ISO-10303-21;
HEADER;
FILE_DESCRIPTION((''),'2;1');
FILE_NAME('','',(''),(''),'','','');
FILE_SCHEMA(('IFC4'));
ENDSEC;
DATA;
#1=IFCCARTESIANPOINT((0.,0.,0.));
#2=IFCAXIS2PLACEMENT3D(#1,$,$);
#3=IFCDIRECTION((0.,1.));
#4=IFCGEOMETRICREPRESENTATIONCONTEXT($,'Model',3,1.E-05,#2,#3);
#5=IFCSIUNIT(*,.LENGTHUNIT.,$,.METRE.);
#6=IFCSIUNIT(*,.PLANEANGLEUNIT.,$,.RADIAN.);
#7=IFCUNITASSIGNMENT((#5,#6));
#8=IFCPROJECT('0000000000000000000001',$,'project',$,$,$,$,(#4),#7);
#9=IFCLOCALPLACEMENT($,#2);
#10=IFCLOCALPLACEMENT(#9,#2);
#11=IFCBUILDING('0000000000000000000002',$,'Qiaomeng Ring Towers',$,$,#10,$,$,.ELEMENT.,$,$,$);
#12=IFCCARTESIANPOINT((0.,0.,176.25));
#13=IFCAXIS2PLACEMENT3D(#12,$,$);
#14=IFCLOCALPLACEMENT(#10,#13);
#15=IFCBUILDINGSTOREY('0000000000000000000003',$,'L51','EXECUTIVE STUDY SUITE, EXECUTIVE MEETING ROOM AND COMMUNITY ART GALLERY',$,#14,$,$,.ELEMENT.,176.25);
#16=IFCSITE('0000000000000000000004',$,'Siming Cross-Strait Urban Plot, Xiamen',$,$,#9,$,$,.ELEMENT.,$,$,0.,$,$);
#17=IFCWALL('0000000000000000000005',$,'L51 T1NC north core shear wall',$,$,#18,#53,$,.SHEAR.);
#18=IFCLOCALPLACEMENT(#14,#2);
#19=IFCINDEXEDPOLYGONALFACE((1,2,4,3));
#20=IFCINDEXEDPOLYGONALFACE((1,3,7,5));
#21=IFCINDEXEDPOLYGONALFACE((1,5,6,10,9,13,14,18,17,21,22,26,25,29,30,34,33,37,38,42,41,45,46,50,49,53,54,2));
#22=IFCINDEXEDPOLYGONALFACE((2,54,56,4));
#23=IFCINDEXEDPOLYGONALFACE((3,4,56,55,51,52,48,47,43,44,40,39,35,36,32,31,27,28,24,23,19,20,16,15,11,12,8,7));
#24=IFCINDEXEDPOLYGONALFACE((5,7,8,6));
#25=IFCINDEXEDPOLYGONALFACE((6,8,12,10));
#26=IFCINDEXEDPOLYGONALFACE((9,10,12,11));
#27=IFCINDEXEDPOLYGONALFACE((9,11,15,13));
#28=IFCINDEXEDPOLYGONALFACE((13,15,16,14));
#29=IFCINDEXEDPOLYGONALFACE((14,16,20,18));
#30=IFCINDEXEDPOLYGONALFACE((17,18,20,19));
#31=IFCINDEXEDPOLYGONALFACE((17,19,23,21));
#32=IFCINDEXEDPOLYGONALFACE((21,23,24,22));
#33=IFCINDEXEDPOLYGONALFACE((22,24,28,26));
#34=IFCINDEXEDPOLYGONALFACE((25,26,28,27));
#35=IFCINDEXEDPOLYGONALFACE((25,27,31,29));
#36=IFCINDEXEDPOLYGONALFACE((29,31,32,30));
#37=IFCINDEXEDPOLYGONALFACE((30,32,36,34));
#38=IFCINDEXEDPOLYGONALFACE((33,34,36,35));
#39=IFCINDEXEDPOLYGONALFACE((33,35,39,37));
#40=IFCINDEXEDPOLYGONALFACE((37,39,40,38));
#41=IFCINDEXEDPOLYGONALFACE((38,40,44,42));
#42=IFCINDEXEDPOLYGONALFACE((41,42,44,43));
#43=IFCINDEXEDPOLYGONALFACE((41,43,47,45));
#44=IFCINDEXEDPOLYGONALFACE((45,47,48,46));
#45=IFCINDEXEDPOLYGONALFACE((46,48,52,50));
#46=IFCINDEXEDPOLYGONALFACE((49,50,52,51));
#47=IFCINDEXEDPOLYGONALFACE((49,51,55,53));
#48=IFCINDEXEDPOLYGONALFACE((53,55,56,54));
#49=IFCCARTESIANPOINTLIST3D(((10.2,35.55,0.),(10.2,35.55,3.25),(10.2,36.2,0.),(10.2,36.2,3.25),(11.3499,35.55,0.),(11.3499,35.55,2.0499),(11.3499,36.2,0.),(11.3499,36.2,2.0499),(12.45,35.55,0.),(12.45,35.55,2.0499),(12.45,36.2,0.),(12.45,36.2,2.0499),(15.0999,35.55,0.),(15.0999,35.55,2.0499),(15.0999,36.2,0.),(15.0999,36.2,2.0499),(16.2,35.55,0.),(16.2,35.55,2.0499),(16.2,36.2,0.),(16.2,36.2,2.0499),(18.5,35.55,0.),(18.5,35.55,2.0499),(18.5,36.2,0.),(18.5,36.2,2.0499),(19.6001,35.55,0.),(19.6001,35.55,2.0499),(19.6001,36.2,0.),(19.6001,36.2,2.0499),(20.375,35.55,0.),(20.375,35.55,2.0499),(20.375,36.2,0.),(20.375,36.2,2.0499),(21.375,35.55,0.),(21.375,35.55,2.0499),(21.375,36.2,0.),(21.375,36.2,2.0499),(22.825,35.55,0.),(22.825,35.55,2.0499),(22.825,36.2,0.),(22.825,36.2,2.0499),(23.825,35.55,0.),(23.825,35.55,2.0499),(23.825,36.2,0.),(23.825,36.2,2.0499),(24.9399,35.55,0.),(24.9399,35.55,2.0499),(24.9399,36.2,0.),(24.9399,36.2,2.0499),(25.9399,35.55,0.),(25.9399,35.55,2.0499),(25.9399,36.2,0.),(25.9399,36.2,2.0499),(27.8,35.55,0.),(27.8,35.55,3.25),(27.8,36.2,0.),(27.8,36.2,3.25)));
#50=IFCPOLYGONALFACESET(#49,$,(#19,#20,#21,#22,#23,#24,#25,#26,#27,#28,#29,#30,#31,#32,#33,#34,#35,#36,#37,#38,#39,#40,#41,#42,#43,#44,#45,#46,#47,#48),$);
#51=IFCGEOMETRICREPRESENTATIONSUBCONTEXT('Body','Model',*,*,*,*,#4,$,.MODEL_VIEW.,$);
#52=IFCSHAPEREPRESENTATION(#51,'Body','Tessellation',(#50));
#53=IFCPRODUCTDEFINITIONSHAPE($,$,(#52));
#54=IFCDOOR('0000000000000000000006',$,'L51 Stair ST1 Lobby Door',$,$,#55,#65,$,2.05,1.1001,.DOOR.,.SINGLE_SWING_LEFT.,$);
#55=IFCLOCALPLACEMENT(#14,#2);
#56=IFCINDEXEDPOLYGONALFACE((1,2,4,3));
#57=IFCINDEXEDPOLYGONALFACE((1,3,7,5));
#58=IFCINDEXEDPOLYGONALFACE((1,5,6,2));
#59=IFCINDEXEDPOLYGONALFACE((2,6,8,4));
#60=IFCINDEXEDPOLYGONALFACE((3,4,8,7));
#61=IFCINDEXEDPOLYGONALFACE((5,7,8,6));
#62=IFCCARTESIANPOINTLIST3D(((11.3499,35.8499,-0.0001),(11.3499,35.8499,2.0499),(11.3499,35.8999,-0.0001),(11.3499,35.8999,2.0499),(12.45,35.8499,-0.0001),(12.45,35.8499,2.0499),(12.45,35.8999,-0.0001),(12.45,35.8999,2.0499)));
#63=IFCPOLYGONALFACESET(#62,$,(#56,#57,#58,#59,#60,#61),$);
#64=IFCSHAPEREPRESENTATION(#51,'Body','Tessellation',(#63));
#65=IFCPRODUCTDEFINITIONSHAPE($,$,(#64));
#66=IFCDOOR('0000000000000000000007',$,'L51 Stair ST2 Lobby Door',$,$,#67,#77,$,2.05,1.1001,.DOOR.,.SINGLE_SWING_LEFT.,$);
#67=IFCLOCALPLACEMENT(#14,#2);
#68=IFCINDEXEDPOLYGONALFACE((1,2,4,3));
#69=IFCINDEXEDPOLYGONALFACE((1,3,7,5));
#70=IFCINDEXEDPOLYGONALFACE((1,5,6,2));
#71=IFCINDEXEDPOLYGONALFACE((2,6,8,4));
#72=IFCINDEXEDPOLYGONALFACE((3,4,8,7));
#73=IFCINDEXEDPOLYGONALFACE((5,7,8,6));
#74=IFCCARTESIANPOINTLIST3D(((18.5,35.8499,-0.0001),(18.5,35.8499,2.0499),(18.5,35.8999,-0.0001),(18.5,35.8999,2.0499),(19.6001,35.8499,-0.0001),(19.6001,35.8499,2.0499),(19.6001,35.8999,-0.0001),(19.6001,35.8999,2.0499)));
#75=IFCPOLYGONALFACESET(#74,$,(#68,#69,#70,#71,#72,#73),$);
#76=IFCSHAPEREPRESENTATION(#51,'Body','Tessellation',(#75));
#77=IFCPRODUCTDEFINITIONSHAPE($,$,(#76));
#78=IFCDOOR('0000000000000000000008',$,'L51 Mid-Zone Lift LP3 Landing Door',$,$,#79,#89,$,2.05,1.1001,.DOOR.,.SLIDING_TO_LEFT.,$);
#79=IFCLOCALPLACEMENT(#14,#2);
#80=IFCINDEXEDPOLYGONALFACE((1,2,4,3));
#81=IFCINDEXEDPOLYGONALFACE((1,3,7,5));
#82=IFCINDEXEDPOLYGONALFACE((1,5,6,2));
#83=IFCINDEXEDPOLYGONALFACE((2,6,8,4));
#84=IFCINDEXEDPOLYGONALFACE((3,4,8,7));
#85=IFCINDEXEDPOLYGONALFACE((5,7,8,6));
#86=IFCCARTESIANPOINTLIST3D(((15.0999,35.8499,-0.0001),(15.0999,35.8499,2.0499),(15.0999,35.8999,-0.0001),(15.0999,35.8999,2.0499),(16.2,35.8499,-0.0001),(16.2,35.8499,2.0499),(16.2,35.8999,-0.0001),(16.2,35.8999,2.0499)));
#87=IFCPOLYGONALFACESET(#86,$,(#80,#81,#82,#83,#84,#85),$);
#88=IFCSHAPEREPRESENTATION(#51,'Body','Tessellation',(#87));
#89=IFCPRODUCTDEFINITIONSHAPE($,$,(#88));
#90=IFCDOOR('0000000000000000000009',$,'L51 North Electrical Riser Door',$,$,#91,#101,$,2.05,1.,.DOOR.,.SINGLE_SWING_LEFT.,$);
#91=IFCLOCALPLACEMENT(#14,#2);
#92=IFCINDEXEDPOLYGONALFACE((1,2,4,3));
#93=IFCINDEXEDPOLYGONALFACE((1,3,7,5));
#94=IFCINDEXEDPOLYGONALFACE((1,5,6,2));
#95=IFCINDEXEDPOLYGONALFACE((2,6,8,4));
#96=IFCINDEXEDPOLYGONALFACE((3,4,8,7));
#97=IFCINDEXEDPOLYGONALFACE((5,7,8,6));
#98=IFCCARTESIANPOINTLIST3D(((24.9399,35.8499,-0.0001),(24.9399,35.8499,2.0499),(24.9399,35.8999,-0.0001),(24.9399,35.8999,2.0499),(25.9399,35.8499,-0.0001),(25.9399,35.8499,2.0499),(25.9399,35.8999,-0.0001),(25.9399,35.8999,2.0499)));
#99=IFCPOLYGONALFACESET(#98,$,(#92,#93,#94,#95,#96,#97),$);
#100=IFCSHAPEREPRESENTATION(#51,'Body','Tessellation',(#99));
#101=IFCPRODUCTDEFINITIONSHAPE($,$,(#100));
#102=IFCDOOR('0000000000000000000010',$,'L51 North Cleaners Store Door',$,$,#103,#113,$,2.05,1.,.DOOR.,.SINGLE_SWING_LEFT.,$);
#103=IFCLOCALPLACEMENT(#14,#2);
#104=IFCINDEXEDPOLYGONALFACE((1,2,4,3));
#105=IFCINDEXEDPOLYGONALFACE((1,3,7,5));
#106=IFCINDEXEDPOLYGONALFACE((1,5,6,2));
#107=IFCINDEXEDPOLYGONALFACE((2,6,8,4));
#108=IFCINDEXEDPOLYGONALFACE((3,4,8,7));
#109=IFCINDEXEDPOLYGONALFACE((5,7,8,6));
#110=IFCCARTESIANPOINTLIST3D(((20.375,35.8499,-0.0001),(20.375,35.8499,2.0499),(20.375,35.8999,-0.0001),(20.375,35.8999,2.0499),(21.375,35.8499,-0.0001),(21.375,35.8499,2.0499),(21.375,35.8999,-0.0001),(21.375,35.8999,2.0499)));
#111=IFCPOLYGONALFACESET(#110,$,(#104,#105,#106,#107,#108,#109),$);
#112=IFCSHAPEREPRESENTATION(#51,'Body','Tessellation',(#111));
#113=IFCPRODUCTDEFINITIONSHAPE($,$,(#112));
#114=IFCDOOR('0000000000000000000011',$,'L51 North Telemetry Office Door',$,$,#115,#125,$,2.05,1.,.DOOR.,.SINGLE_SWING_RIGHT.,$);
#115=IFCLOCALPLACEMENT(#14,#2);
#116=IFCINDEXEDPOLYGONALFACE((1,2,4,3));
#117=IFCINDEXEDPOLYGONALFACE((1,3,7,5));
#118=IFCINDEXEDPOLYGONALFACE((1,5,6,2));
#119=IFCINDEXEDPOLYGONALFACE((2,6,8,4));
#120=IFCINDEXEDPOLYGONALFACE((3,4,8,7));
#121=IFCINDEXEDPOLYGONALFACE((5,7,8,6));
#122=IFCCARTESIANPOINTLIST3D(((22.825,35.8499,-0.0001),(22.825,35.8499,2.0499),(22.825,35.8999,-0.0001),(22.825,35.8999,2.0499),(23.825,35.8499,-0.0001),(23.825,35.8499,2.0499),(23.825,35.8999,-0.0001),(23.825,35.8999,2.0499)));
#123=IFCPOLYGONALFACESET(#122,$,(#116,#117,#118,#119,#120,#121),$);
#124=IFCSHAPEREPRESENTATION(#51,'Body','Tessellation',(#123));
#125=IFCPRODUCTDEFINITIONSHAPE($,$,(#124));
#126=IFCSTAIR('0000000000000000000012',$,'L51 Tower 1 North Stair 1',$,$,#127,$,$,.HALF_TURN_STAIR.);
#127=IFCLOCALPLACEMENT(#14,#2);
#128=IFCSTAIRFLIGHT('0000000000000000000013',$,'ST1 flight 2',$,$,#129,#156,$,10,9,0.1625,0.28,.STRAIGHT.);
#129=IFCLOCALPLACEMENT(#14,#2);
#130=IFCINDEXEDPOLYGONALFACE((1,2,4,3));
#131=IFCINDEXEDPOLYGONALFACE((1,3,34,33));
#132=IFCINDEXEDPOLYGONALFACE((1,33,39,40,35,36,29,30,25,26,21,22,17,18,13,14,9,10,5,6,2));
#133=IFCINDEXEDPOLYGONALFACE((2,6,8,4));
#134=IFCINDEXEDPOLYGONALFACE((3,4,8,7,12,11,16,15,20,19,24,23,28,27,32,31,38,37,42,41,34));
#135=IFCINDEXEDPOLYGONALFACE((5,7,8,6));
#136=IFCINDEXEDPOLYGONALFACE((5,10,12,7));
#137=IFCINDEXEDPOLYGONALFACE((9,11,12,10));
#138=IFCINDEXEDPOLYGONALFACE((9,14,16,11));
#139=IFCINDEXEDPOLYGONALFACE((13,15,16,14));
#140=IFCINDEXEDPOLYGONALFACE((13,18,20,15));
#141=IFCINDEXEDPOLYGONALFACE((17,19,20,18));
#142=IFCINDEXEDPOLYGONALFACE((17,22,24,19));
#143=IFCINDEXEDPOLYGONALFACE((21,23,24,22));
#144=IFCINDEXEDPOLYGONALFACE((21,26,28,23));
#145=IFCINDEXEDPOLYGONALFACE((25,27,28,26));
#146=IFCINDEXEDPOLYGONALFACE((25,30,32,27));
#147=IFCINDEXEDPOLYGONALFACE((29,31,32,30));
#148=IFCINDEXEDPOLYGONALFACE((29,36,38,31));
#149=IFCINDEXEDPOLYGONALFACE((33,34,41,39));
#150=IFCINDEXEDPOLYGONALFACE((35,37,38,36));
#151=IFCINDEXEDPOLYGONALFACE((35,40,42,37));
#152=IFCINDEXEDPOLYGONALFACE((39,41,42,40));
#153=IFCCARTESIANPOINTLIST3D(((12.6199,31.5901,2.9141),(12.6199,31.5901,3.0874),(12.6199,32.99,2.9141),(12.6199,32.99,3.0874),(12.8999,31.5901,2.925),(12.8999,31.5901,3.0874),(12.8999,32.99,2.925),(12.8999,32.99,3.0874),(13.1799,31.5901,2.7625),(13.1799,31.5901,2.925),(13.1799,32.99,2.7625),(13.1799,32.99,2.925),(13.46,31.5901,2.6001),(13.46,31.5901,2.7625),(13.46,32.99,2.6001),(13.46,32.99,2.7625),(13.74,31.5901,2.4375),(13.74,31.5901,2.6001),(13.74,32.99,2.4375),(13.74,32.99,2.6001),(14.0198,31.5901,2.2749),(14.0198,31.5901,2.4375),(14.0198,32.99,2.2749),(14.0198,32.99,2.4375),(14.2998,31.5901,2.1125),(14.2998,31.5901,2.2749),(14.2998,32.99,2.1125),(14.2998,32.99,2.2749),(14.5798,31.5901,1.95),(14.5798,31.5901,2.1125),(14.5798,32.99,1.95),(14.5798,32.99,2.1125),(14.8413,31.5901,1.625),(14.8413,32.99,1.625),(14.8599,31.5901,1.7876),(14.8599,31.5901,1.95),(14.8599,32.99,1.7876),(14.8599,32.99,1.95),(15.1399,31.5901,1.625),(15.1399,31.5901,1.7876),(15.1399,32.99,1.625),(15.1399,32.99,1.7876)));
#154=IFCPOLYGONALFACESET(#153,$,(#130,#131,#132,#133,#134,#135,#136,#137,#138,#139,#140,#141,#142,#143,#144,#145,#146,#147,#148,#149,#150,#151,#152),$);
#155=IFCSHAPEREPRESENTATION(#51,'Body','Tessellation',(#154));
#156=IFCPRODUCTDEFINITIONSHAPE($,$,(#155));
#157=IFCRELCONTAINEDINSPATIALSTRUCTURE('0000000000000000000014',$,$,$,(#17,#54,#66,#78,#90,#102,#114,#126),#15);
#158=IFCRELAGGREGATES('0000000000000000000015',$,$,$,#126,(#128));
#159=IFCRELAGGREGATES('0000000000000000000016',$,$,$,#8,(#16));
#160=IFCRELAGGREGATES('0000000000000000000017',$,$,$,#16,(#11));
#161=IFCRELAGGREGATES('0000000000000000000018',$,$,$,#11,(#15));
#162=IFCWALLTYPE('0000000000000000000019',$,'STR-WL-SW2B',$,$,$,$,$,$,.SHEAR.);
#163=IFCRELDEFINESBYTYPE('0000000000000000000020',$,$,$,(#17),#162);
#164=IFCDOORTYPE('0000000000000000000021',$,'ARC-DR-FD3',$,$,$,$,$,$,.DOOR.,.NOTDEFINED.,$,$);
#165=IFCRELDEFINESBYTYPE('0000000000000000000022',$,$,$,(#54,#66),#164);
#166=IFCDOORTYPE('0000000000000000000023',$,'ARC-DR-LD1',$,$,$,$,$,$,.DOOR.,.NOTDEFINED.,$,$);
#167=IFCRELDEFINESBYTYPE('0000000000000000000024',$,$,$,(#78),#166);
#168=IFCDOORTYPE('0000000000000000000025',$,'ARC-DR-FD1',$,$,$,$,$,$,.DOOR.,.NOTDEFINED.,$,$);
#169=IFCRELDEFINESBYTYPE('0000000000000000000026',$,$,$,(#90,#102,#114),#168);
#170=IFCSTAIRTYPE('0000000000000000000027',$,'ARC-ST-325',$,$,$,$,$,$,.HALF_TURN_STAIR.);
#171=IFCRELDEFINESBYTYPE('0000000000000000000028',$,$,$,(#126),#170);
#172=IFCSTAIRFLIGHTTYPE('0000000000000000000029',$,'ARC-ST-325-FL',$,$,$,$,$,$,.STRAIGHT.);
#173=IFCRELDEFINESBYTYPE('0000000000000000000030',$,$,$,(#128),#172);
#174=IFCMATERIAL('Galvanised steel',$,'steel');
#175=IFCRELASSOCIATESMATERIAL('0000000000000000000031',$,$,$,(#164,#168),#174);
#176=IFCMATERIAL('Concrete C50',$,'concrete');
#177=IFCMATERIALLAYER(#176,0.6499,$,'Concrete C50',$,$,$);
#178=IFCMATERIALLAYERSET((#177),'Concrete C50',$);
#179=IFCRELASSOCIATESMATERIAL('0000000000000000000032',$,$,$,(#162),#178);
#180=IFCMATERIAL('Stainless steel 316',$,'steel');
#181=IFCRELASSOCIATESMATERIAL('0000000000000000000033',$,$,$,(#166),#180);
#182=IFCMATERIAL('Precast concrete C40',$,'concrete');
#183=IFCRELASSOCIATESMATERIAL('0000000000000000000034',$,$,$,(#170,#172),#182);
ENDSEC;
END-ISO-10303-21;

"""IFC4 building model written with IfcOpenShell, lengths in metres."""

from ifc_helpers import new_model, si_unit, direction, frame, frame_2d, origin, place, context, subcontext, project, spatial, polyline, rectangle, outline, extrude, source, transform, mapped, material, layer, layer_set, type_object, element, fill, aggregate, save


model = new_model("IFC4")

# Units and contexts
model_context = context("Model", 3, precision=1e-05, world=origin(), true_north=direction((0.0, 1.0)))
body_context = subcontext(model_context, "Body", "Model", "MODEL_VIEW")
ifc_project = project(units=[si_unit("LENGTHUNIT", "METRE"), si_unit("PLANEANGLEUNIT", "RADIAN")], contexts=[model_context])

# Site, building, storey
site_placement = place(None, origin())
site = spatial("IfcSite", under=ifc_project, at=site_placement, Name="Siming Cross-Strait Urban Plot, Xiamen", CompositionType="ELEMENT", RefElevation=0.0)
building_placement = place(site_placement, origin())
building = spatial("IfcBuilding", under=site, at=building_placement, Name="Qiaomeng Ring Towers", CompositionType="ELEMENT")
storey_placement = place(building_placement, frame((0.0, 0.0, 176.25)))
storey = spatial("IfcBuildingStorey", under=building, at=storey_placement, Name="L51", Description="EXECUTIVE STUDY SUITE, EXECUTIVE MEETING ROOM AND COMMUNITY ART GALLERY", CompositionType="ELEMENT", Elevation=176.25)

# Shared definitions
shared_shape_1 = source(origin(), body_context, "Body", "SweptSolid", [
    extrude(rectangle(XDim=1.0, YDim=2.05, at=frame_2d((0.5, 1.0249))), frame((0.0, 0.0249, 0.0), z_axis=(0.0, -1.0, 0.0), x_axis=(1.0, 0.0, 0.0)), (0.0, 0.0, 1.0), 0.05),
])

# Shared definitions
ifc_material_1 = material(Name="Galvanised steel", Category="steel")
door_type_1 = type_object("IfcDoorType", Name="ARC-DR-FD3", OperationType="NOTDEFINED", PredefinedType="DOOR", material=ifc_material_1)
shared_shape_2 = source(origin(), body_context, "Body", "SweptSolid", [
    extrude(rectangle(XDim=1.1001, YDim=2.05, at=frame_2d((0.55, 1.0249))), frame((0.0, 0.0249, 0.0), z_axis=(0.0, -1.0, 0.0), x_axis=(1.0, 0.0, 0.0)), (0.0, 0.0, 1.0), 0.05),
])

# Wall, openings, doors
ifc_material_2 = material(Name="Concrete C50", Category="concrete")
ifc_layer_1 = layer(ifc_material_2, 0.6499, Name="Concrete C50")
ifc_layer_set_1 = layer_set([ifc_layer_1], Name="Concrete C50")
wall_type_1 = type_object("IfcWallType", Name="STR-WL-SW2B", PredefinedType="SHEAR", material=ifc_layer_set_1)
wall_1_placement = place(storey_placement, frame((10.2, 35.875, 0.0), z_axis=(0.0, 0.0, 1.0), x_axis=(1.0, 0.0, 0.0)))
wall_1 = element("IfcWall", 1, at=wall_1_placement, inside=storey, type_object=wall_type_1, Name="L51 T1NC north core shear wall", PredefinedType="SHEAR", context=body_context, shape_type="SweptSolid", body=[
    extrude(rectangle(XDim=17.6001, YDim=0.6499, at=frame_2d((8.8, 0.0))), origin(), (0.0, 0.0, 1.0), 3.25),
])
opening_1_placement = place(wall_1_placement, frame((1.1499, 0.0, 0.0)))
opening_1 = element("IfcOpeningElement", 2, at=opening_1_placement, cuts=wall_1, PredefinedType="OPENING", context=body_context, shape_type="SweptSolid", body=[
    extrude(rectangle(XDim=1.1001, YDim=2.05, at=frame_2d((0.55, 1.0249))), frame((0.0, 0.335, 0.0), z_axis=(0.0, -1.0, 0.0), x_axis=(1.0, 0.0, 0.0)), (0.0, 0.0, 1.0), 0.6699),
])
opening_2_placement = place(wall_1_placement, frame((8.3, 0.0, 0.0)))
opening_2 = element("IfcOpeningElement", 3, at=opening_2_placement, cuts=wall_1, PredefinedType="OPENING", context=body_context, shape_type="SweptSolid", body=[
    extrude(rectangle(XDim=1.1001, YDim=2.05, at=frame_2d((0.55, 1.0249))), frame((0.0, 0.335, 0.0), z_axis=(0.0, -1.0, 0.0), x_axis=(1.0, 0.0, 0.0)), (0.0, 0.0, 1.0), 0.6699),
])
opening_3_placement = place(wall_1_placement, frame((4.8999, 0.0, 0.0)))
opening_3 = element("IfcOpeningElement", 4, at=opening_3_placement, cuts=wall_1, PredefinedType="OPENING", context=body_context, shape_type="SweptSolid", body=[
    extrude(rectangle(XDim=1.1001, YDim=2.05, at=frame_2d((0.55, 1.0249))), frame((0.0, 0.335, 0.0), z_axis=(0.0, -1.0, 0.0), x_axis=(1.0, 0.0, 0.0)), (0.0, 0.0, 1.0), 0.6699),
])
opening_4_placement = place(wall_1_placement, frame((14.74, 0.0, 0.0)))
opening_4 = element("IfcOpeningElement", 5, at=opening_4_placement, cuts=wall_1, PredefinedType="OPENING", context=body_context, shape_type="SweptSolid", body=[
    extrude(rectangle(XDim=1.0, YDim=2.05, at=frame_2d((0.5, 1.0249))), frame((0.0, 0.335, 0.0), z_axis=(0.0, -1.0, 0.0), x_axis=(1.0, 0.0, 0.0)), (0.0, 0.0, 1.0), 0.6699),
])
opening_5_placement = place(wall_1_placement, frame((10.175, 0.0, 0.0)))
opening_5 = element("IfcOpeningElement", 6, at=opening_5_placement, cuts=wall_1, PredefinedType="OPENING", context=body_context, shape_type="SweptSolid", body=[
    extrude(rectangle(XDim=1.0, YDim=2.05, at=frame_2d((0.5, 1.0249))), frame((0.0, 0.335, 0.0), z_axis=(0.0, -1.0, 0.0), x_axis=(1.0, 0.0, 0.0)), (0.0, 0.0, 1.0), 0.6699),
])
opening_6_placement = place(wall_1_placement, frame((12.625, 0.0, 0.0)))
opening_6 = element("IfcOpeningElement", 7, at=opening_6_placement, cuts=wall_1, PredefinedType="OPENING", context=body_context, shape_type="SweptSolid", body=[
    extrude(rectangle(XDim=1.0, YDim=2.05, at=frame_2d((0.5, 1.0249))), frame((0.0, 0.335, 0.0), z_axis=(0.0, -1.0, 0.0), x_axis=(1.0, 0.0, 0.0)), (0.0, 0.0, 1.0), 0.6699),
])
door_1_placement = place(opening_1_placement, origin())
door_1 = element("IfcDoor", 8, at=door_1_placement, inside=storey, type_object=door_type_1, Name="L51 Stair ST1 Lobby Door", OperationType="SINGLE_SWING_LEFT", OverallHeight=2.05, OverallWidth=1.1001, PredefinedType="DOOR", context=body_context, shape_type="MappedRepresentation", body=[
    mapped(shared_shape_2, transform((0.0, 0.0, 0.0), x_axis=(1.0, 0.0, 0.0), y_axis=(0.0, 1.0, 0.0), z_axis=(0.0, 0.0, 1.0), scale=1.0)),
])
fill(opening_1, door_1)
door_2_placement = place(opening_2_placement, origin())
door_2 = element("IfcDoor", 9, at=door_2_placement, inside=storey, type_object=door_type_1, Name="L51 Stair ST2 Lobby Door", OperationType="SINGLE_SWING_LEFT", OverallHeight=2.05, OverallWidth=1.1001, PredefinedType="DOOR", context=body_context, shape_type="MappedRepresentation", body=[
    mapped(shared_shape_2, transform((0.0, 0.0, 0.0), x_axis=(1.0, 0.0, 0.0), y_axis=(0.0, 1.0, 0.0), z_axis=(0.0, 0.0, 1.0), scale=1.0)),
])
fill(opening_2, door_2)
ifc_material_3 = material(Name="Stainless steel 316", Category="steel")
door_type_2 = type_object("IfcDoorType", Name="ARC-DR-LD1", OperationType="NOTDEFINED", PredefinedType="DOOR", material=ifc_material_3)
door_3_placement = place(opening_3_placement, origin())
door_3 = element("IfcDoor", 10, at=door_3_placement, inside=storey, type_object=door_type_2, Name="L51 Mid-Zone Lift LP3 Landing Door", OperationType="SLIDING_TO_LEFT", OverallHeight=2.05, OverallWidth=1.1001, PredefinedType="DOOR", context=body_context, shape_type="MappedRepresentation", body=[
    mapped(shared_shape_2, transform((0.0, 0.0, 0.0), x_axis=(1.0, 0.0, 0.0), y_axis=(0.0, 1.0, 0.0), z_axis=(0.0, 0.0, 1.0), scale=1.0)),
])
fill(opening_3, door_3)
door_type_3 = type_object("IfcDoorType", Name="ARC-DR-FD1", OperationType="NOTDEFINED", PredefinedType="DOOR", material=ifc_material_1)
door_4_placement = place(opening_4_placement, origin())
door_4 = element("IfcDoor", 11, at=door_4_placement, inside=storey, type_object=door_type_3, Name="L51 North Electrical Riser Door", OperationType="SINGLE_SWING_LEFT", OverallHeight=2.05, OverallWidth=1.0, PredefinedType="DOOR", context=body_context, shape_type="MappedRepresentation", body=[
    mapped(shared_shape_1, transform((0.0, 0.0, 0.0), x_axis=(1.0, 0.0, 0.0), y_axis=(0.0, 1.0, 0.0), z_axis=(0.0, 0.0, 1.0), scale=1.0)),
])
fill(opening_4, door_4)
door_5_placement = place(opening_5_placement, origin())
door_5 = element("IfcDoor", 12, at=door_5_placement, inside=storey, type_object=door_type_3, Name="L51 North Cleaners Store Door", OperationType="SINGLE_SWING_LEFT", OverallHeight=2.05, OverallWidth=1.0, PredefinedType="DOOR", context=body_context, shape_type="MappedRepresentation", body=[
    mapped(shared_shape_1, transform((0.0, 0.0, 0.0), x_axis=(1.0, 0.0, 0.0), y_axis=(0.0, 1.0, 0.0), z_axis=(0.0, 0.0, 1.0), scale=1.0)),
])
fill(opening_5, door_5)
door_6_placement = place(opening_6_placement, origin())
door_6 = element("IfcDoor", 13, at=door_6_placement, inside=storey, type_object=door_type_3, Name="L51 North Telemetry Office Door", OperationType="SINGLE_SWING_RIGHT", OverallHeight=2.05, OverallWidth=1.0, PredefinedType="DOOR", context=body_context, shape_type="MappedRepresentation", body=[
    mapped(shared_shape_1, transform((0.0, 0.0, 0.0), x_axis=(1.0, 0.0, 0.0), y_axis=(0.0, 1.0, 0.0), z_axis=(0.0, 0.0, 1.0), scale=1.0)),
])
fill(opening_6, door_6)

# Stair, stair flight
ifc_material_4 = material(Name="Precast concrete C40", Category="concrete")
stair_type = type_object("IfcStairType", Name="ARC-ST-325", PredefinedType="HALF_TURN_STAIR", material=ifc_material_4)
stair_placement = place(storey_placement, origin())
stair = element("IfcStair", 14, at=stair_placement, inside=storey, type_object=stair_type, Name="L51 Tower 1 North Stair 1", PredefinedType="HALF_TURN_STAIR")
stair_flight_type = type_object("IfcStairFlightType", Name="ARC-ST-325-FL", PredefinedType="STRAIGHT", material=ifc_material_4)
shared_shape_3 = source(origin(), body_context, "Body", "SweptSolid", [
    extrude(outline(polyline([(0.0, 0.0), (0.0, 0.1626), (0.28, 0.1626), (0.28, 0.325), (0.5601, 0.325), (0.5601, 0.4875), (0.8401, 0.4875), (0.8401, 0.6499), (1.1201, 0.6499), (1.1201, 0.8125), (1.3999, 0.8125), (1.3999, 0.9751), (1.6799, 0.9751), (1.6799, 1.1375), (1.96, 1.1375), (1.96, 1.3), (2.24, 1.3), (2.24, 1.4624), (2.52, 1.4624), (2.52, 1.625), (2.52, 1.2891), (0.2986, 0.0), (0.0, 0.0)])), frame((0.0, 0.7, 0.0), z_axis=(0.0, -1.0, 0.0), x_axis=(1.0, 0.0, 0.0)), (0.0, 0.0, 1.0), 1.3999),
])
stair_flight_placement = place(storey_placement, frame((15.1399, 32.29, 1.625), z_axis=(0.0, 0.0, 1.0), x_axis=(-1.0, 0.0, 0.0)))
stair_flight = element("IfcStairFlight", 15, at=stair_flight_placement, type_object=stair_flight_type, Name="ST1 flight 2", NumberOfRisers=10, NumberOfTreads=9, PredefinedType="STRAIGHT", RiserHeight=0.1625, TreadLength=0.28, context=body_context, shape_type="MappedRepresentation", body=[
    mapped(shared_shape_3, transform((0.0, 0.0, 0.0), x_axis=(1.0, 0.0, 0.0), y_axis=(0.0, 1.0, 0.0), z_axis=(0.0, 0.0, 1.0), scale=1.0)),
])
aggregate(stair, [stair_flight])

save(model, "model.ifc")
